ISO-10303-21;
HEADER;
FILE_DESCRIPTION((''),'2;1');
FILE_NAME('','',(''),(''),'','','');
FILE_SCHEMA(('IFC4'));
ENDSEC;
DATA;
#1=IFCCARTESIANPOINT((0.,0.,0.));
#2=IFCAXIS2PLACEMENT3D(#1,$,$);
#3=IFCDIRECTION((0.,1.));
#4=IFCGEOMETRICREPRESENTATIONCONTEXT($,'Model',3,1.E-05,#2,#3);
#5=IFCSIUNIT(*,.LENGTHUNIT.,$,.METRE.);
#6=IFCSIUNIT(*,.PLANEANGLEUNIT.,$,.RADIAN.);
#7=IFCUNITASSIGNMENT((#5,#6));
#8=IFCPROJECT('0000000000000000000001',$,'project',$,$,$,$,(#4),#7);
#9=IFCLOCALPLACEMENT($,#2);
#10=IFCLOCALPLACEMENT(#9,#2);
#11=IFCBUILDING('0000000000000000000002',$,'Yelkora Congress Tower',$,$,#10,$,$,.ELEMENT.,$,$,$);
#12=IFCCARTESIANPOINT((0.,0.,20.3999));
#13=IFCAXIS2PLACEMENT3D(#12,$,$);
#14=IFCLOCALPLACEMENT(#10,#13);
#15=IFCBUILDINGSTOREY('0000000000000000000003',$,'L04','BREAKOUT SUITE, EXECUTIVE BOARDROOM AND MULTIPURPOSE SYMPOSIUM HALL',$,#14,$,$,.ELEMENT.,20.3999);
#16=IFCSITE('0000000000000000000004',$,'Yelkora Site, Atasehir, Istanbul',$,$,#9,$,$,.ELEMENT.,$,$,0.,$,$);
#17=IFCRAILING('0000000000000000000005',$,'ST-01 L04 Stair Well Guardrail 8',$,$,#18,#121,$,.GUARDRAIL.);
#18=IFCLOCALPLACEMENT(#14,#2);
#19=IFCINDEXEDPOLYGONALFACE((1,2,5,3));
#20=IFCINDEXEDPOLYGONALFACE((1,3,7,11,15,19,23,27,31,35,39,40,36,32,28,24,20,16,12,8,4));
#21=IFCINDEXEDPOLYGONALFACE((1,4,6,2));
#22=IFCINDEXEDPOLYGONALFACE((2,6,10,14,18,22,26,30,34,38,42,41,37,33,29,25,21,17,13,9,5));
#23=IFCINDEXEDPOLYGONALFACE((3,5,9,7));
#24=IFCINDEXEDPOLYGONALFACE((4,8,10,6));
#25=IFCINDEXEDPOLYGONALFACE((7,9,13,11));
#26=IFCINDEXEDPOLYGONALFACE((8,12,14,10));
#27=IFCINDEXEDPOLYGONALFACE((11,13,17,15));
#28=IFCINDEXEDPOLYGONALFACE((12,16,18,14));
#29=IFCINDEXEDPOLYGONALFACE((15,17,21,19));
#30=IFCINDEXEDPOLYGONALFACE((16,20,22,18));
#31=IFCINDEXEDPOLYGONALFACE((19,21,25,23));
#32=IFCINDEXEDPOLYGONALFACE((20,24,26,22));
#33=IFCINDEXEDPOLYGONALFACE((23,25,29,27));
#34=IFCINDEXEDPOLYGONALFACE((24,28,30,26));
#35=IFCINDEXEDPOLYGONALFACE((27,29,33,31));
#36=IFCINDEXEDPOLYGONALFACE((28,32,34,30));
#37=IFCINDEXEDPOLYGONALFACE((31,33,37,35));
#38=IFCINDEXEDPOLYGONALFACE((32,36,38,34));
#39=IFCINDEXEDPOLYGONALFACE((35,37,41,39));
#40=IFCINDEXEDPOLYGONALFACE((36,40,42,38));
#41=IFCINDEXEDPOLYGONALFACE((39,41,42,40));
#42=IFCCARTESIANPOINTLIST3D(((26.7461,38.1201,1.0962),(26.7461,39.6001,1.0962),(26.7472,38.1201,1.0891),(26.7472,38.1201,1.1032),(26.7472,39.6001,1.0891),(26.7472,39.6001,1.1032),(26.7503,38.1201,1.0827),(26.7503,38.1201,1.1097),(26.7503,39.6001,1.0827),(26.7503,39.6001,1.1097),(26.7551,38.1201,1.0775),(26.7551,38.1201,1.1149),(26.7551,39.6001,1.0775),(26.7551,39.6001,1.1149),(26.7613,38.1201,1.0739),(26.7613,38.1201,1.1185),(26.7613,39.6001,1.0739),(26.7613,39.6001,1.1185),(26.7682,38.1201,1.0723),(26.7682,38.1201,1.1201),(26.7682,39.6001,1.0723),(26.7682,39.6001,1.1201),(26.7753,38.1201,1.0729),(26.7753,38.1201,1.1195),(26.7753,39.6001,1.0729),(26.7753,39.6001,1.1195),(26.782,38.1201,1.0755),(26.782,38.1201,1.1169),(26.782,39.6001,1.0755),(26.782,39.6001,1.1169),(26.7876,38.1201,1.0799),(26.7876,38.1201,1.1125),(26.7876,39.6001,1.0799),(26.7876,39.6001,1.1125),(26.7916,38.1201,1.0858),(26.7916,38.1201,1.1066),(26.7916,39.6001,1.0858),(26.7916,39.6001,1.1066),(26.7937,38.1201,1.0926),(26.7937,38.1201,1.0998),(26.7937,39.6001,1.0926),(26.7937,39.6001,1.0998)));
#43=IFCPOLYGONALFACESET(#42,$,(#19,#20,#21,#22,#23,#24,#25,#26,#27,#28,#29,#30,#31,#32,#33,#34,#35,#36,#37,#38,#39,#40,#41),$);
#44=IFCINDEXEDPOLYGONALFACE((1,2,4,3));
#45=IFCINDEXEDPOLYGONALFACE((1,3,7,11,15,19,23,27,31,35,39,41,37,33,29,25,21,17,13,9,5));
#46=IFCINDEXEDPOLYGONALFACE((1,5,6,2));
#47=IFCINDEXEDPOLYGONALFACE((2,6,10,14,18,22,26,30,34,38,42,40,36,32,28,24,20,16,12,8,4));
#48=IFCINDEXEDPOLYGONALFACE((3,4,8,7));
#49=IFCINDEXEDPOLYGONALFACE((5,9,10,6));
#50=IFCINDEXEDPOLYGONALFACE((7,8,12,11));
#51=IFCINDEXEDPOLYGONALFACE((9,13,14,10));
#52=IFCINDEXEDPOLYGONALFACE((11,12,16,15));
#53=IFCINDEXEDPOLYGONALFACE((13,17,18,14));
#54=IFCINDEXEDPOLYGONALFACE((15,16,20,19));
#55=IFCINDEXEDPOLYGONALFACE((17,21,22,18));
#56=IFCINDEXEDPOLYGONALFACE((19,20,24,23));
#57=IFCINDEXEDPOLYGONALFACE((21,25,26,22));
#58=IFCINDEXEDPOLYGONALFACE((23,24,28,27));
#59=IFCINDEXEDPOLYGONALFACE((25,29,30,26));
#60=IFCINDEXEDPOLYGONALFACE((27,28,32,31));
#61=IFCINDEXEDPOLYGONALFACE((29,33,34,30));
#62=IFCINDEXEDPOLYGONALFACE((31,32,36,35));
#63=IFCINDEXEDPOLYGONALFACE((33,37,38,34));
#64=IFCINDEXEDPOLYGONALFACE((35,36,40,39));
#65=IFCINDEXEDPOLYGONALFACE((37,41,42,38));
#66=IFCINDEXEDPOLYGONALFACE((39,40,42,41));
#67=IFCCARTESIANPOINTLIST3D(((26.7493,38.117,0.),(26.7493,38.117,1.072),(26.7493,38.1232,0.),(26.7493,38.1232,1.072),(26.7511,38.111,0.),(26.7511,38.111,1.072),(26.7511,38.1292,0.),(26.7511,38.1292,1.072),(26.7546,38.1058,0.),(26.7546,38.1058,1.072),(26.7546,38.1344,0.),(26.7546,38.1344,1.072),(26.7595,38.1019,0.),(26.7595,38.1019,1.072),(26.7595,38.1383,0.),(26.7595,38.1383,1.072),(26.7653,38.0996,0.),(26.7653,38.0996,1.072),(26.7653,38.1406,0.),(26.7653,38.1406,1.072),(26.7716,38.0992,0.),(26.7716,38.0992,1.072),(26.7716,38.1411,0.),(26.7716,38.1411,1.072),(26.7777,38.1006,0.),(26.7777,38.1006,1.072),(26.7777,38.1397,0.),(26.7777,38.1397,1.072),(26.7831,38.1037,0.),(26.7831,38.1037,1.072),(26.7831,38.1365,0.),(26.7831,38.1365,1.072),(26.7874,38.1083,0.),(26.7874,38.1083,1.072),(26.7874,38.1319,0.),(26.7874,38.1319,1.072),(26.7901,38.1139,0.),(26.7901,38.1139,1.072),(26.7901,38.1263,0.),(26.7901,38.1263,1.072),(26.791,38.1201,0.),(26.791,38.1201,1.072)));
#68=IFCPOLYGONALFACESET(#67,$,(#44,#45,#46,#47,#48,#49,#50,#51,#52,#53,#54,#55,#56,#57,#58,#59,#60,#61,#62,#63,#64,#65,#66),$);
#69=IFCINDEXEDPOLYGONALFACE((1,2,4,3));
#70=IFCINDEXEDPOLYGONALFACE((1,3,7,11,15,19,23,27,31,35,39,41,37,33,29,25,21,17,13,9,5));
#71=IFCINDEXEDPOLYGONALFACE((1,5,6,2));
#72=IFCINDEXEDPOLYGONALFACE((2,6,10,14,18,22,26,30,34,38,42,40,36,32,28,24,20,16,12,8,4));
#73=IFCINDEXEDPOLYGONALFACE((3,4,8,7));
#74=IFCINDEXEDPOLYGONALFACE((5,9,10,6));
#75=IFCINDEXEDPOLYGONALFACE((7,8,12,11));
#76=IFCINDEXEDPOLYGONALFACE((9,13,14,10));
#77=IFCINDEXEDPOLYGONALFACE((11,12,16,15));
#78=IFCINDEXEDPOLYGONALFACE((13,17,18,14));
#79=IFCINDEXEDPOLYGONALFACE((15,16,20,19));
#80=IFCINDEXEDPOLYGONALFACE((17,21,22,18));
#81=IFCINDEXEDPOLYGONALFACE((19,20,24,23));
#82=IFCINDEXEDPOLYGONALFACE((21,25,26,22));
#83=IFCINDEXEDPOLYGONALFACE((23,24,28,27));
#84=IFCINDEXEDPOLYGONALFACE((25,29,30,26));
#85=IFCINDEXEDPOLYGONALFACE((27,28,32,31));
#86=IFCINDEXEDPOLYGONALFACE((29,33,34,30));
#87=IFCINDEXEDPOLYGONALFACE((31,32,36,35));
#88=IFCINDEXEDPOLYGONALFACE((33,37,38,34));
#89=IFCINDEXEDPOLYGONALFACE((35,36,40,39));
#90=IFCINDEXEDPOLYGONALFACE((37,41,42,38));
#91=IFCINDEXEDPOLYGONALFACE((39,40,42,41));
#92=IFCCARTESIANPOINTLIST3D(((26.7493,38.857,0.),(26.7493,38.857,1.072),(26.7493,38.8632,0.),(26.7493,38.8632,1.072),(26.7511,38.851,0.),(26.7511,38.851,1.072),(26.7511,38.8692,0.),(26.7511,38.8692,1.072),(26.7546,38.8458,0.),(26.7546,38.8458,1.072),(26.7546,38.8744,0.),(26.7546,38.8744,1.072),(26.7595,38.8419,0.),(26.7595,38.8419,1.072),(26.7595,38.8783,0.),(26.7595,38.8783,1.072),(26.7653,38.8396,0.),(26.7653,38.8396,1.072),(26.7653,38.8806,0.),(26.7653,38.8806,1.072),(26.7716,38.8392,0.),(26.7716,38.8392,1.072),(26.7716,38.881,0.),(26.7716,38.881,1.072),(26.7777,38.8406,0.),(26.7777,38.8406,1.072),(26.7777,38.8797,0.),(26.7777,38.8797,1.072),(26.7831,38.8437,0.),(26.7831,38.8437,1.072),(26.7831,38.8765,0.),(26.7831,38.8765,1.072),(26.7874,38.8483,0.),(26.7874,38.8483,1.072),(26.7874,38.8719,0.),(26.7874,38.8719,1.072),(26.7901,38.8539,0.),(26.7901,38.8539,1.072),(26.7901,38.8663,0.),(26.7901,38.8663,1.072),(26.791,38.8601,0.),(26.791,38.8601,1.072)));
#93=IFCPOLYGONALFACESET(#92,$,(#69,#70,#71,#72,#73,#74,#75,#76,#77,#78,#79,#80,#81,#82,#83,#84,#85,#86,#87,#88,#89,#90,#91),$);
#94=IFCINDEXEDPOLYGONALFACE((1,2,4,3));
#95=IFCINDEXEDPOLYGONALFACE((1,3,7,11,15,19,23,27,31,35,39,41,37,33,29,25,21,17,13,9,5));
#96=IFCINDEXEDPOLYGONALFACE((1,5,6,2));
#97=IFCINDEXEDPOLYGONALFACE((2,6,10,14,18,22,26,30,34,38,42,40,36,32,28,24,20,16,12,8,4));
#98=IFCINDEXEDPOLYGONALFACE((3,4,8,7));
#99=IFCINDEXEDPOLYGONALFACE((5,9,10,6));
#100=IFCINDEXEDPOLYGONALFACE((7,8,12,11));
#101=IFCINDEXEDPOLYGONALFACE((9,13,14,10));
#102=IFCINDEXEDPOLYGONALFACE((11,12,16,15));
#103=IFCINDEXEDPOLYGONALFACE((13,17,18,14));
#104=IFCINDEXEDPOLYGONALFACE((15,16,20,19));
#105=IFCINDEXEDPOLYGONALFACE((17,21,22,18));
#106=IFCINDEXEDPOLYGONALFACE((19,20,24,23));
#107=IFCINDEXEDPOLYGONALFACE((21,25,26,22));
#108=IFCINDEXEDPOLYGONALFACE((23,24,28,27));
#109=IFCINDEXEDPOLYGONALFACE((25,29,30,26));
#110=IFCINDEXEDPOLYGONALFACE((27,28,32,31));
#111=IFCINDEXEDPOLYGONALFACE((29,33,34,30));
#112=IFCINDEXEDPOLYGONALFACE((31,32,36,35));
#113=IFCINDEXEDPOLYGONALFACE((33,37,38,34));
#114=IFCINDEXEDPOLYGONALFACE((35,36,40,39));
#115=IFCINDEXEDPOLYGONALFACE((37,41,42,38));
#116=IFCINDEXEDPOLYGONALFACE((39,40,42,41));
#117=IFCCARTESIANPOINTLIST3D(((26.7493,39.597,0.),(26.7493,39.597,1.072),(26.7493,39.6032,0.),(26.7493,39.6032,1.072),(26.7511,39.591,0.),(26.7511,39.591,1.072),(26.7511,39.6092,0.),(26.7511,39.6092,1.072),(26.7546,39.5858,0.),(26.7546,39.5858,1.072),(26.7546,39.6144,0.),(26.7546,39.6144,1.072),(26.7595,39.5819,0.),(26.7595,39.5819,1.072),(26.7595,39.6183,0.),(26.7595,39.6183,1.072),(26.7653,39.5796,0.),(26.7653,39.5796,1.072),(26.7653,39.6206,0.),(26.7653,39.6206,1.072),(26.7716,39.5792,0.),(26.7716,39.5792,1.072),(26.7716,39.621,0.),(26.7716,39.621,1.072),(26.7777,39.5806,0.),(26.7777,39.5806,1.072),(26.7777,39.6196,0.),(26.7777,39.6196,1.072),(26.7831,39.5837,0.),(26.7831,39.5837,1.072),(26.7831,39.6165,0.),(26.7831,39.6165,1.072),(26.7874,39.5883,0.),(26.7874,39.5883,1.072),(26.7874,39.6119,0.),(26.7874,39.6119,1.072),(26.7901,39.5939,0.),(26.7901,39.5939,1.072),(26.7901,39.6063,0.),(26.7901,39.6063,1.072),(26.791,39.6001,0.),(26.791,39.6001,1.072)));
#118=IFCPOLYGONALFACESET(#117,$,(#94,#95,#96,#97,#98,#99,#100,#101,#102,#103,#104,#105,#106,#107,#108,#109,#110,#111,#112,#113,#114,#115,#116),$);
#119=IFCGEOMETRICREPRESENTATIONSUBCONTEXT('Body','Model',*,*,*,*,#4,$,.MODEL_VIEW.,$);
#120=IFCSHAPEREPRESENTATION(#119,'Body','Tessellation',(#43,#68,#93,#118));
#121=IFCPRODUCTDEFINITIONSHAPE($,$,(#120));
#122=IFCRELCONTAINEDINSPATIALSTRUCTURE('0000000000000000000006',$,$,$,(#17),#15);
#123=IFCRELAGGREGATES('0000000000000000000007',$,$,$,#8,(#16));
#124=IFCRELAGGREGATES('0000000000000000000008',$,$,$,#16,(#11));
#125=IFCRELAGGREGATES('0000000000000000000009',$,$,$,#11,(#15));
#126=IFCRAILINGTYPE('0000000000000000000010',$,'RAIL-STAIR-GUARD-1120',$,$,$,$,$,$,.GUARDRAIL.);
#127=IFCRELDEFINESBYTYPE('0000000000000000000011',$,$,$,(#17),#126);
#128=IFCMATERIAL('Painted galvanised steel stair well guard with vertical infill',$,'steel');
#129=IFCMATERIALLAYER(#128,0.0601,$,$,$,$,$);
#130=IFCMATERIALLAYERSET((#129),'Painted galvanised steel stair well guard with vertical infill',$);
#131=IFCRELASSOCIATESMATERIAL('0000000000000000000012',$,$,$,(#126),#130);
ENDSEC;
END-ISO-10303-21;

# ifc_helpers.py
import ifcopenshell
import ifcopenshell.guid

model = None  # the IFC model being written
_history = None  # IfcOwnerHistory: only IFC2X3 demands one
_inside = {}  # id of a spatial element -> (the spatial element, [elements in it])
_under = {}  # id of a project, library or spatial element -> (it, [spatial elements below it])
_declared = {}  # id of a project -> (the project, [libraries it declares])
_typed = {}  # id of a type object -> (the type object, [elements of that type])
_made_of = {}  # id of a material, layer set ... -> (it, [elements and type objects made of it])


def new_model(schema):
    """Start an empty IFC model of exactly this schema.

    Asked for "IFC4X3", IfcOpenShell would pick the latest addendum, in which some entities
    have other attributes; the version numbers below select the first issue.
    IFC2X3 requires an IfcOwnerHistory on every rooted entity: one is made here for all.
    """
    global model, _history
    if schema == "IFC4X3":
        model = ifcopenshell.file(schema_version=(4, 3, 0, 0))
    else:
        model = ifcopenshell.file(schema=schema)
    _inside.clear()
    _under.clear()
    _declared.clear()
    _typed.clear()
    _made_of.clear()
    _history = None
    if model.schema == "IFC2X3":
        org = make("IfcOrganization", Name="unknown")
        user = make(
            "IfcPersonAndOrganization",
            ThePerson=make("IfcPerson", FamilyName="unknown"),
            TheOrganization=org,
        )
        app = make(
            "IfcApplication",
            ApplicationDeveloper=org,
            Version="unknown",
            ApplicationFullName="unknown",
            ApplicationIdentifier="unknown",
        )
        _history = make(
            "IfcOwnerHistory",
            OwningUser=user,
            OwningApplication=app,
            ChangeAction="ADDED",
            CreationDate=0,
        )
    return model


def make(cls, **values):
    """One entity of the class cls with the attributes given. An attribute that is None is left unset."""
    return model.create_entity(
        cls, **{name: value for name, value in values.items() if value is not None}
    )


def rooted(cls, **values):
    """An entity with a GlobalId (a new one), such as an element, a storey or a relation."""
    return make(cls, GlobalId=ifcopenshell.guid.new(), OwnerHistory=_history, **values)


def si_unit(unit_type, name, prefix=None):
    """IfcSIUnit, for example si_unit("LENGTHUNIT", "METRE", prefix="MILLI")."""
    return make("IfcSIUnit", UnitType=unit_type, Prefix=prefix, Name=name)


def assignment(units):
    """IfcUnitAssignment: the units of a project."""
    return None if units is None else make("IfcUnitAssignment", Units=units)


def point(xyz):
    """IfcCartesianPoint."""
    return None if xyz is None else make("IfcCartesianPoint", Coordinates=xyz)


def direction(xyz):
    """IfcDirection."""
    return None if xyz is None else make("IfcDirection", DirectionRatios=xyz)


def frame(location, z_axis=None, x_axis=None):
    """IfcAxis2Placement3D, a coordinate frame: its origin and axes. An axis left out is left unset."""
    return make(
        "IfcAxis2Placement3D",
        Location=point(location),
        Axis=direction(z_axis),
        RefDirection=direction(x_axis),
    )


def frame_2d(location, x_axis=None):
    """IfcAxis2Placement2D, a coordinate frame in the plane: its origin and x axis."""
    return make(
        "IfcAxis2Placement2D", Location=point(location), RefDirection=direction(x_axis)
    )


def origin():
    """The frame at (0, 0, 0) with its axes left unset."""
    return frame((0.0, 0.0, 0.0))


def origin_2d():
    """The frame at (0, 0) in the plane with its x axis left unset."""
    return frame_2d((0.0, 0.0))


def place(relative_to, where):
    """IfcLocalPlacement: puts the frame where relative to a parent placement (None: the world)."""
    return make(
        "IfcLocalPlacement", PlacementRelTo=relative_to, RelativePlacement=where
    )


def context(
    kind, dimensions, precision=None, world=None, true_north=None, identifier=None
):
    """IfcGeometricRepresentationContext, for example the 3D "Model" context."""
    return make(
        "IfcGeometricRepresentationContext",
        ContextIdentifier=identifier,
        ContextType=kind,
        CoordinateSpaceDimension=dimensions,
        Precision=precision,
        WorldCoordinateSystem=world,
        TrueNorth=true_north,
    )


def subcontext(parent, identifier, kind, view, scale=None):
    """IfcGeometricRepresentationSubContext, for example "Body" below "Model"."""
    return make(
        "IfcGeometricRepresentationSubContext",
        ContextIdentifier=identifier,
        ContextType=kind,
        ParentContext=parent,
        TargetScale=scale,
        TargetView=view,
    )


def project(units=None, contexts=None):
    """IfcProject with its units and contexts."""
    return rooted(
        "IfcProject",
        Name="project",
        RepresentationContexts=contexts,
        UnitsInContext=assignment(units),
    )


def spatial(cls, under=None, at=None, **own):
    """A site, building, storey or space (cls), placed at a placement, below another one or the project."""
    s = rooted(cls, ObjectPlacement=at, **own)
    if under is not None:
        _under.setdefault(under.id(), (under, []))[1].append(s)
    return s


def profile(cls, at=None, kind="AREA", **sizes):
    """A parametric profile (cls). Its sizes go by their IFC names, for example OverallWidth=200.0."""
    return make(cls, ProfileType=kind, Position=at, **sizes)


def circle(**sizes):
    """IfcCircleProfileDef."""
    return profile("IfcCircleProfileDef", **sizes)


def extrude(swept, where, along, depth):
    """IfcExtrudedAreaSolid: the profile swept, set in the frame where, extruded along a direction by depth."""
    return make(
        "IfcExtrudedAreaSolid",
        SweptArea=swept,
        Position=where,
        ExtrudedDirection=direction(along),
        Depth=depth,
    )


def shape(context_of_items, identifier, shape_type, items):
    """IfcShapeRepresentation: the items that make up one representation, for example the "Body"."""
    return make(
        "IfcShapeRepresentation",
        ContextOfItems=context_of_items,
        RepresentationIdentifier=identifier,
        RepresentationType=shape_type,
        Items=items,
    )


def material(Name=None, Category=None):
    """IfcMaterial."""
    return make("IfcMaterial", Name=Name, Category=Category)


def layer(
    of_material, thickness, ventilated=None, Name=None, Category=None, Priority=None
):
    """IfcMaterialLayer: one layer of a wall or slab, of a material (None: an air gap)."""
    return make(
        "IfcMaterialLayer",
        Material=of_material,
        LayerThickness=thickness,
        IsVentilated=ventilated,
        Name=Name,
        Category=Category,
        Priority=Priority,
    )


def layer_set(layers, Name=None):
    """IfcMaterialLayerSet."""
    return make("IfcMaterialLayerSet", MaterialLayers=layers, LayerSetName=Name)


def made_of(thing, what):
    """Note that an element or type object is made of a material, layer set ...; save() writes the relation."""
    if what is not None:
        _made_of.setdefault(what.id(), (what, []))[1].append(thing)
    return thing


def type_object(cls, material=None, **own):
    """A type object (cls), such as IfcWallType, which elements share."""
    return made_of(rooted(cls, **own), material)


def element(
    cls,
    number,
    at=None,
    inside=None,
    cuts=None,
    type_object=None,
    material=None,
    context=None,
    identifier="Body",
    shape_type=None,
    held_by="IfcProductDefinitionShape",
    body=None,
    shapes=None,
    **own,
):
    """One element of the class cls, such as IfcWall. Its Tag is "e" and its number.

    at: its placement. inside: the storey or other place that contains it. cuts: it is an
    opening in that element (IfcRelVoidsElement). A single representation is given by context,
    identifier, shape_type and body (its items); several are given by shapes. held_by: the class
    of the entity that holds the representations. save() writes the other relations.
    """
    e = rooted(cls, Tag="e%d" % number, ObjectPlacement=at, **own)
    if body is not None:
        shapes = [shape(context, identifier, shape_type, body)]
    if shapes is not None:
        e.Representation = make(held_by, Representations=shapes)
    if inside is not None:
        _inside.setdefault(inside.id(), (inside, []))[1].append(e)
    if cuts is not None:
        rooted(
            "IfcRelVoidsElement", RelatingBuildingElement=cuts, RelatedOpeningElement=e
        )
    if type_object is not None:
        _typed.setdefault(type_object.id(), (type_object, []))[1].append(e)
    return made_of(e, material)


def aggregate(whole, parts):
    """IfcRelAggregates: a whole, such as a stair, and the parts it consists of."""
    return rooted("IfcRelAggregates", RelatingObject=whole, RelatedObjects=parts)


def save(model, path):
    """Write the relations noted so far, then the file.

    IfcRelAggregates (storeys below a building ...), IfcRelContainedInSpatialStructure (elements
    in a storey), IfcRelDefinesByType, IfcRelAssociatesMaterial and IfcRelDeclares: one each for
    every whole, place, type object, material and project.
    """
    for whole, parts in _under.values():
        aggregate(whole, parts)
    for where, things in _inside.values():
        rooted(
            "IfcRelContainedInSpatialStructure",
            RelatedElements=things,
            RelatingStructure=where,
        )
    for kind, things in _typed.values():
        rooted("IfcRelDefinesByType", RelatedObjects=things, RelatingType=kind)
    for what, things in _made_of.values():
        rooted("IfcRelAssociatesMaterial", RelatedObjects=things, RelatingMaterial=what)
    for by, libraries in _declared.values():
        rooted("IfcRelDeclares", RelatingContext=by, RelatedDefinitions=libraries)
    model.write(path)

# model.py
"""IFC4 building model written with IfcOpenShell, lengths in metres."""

from ifc_helpers import new_model, si_unit, direction, frame, origin, origin_2d, place, context, subcontext, project, spatial, circle, extrude, material, layer, layer_set, type_object, element, save


model = new_model("IFC4")

# Units and contexts
model_context = context("Model", 3, precision=1e-05, world=origin(), true_north=direction((0.0, 1.0)))
body_context = subcontext(model_context, "Body", "Model", "MODEL_VIEW")
ifc_project = project(units=[si_unit("LENGTHUNIT", "METRE"), si_unit("PLANEANGLEUNIT", "RADIAN")], contexts=[model_context])

# Site, building, storey
site_placement = place(None, origin())
site = spatial("IfcSite", under=ifc_project, at=site_placement, Name="Yelkora Site, Atasehir, Istanbul", CompositionType="ELEMENT", RefElevation=0.0)
building_placement = place(site_placement, origin())
building = spatial("IfcBuilding", under=site, at=building_placement, Name="Yelkora Congress Tower", CompositionType="ELEMENT")
storey_placement = place(building_placement, frame((0.0, 0.0, 20.3999)))
storey = spatial("IfcBuildingStorey", under=building, at=storey_placement, Name="L04", Description="BREAKOUT SUITE, EXECUTIVE BOARDROOM AND MULTIPURPOSE SYMPOSIUM HALL", CompositionType="ELEMENT", Elevation=20.3999)

# Railing
ifc_material_1 = material(Name="Painted galvanised steel stair well guard with vertical infill", Category="steel")
ifc_layer_1 = layer(ifc_material_1, 0.0601)
ifc_layer_set_1 = layer_set([ifc_layer_1], Name="Painted galvanised steel stair well guard with vertical infill")
railing_type = type_object("IfcRailingType", Name="RAIL-STAIR-GUARD-1120", PredefinedType="GUARDRAIL", material=ifc_layer_set_1)
for number, where, name in (
    (1, (26.77, 38.1201, 0.0), "ST-01 L04 Stair Well Guardrail 8"),
):
    element("IfcRailing", number, at=place(storey_placement, frame(where)), inside=storey, type_object=railing_type, Name=name, PredefinedType="GUARDRAIL", context=body_context, shape_type="SweptSolid", body=[
        extrude(circle(Radius=0.0239, at=origin_2d()), frame((0.0, 0.0, 1.0962), z_axis=(0.0, 1.0, 0.0), x_axis=(-1.0, 0.0, 0.0)), (0.0, 0.0, 1.0), 1.48),
        extrude(circle(Radius=0.021, at=origin_2d()), origin(), (0.0, 0.0, 1.0), 1.072),
        extrude(circle(Radius=0.021, at=origin_2d()), frame((0.0, 0.74, 0.0)), (0.0, 0.0, 1.0), 1.072),
        extrude(circle(Radius=0.021, at=origin_2d()), frame((0.0, 1.48, 0.0)), (0.0, 0.0, 1.0), 1.072),
    ])

save(model, "model.ifc")
